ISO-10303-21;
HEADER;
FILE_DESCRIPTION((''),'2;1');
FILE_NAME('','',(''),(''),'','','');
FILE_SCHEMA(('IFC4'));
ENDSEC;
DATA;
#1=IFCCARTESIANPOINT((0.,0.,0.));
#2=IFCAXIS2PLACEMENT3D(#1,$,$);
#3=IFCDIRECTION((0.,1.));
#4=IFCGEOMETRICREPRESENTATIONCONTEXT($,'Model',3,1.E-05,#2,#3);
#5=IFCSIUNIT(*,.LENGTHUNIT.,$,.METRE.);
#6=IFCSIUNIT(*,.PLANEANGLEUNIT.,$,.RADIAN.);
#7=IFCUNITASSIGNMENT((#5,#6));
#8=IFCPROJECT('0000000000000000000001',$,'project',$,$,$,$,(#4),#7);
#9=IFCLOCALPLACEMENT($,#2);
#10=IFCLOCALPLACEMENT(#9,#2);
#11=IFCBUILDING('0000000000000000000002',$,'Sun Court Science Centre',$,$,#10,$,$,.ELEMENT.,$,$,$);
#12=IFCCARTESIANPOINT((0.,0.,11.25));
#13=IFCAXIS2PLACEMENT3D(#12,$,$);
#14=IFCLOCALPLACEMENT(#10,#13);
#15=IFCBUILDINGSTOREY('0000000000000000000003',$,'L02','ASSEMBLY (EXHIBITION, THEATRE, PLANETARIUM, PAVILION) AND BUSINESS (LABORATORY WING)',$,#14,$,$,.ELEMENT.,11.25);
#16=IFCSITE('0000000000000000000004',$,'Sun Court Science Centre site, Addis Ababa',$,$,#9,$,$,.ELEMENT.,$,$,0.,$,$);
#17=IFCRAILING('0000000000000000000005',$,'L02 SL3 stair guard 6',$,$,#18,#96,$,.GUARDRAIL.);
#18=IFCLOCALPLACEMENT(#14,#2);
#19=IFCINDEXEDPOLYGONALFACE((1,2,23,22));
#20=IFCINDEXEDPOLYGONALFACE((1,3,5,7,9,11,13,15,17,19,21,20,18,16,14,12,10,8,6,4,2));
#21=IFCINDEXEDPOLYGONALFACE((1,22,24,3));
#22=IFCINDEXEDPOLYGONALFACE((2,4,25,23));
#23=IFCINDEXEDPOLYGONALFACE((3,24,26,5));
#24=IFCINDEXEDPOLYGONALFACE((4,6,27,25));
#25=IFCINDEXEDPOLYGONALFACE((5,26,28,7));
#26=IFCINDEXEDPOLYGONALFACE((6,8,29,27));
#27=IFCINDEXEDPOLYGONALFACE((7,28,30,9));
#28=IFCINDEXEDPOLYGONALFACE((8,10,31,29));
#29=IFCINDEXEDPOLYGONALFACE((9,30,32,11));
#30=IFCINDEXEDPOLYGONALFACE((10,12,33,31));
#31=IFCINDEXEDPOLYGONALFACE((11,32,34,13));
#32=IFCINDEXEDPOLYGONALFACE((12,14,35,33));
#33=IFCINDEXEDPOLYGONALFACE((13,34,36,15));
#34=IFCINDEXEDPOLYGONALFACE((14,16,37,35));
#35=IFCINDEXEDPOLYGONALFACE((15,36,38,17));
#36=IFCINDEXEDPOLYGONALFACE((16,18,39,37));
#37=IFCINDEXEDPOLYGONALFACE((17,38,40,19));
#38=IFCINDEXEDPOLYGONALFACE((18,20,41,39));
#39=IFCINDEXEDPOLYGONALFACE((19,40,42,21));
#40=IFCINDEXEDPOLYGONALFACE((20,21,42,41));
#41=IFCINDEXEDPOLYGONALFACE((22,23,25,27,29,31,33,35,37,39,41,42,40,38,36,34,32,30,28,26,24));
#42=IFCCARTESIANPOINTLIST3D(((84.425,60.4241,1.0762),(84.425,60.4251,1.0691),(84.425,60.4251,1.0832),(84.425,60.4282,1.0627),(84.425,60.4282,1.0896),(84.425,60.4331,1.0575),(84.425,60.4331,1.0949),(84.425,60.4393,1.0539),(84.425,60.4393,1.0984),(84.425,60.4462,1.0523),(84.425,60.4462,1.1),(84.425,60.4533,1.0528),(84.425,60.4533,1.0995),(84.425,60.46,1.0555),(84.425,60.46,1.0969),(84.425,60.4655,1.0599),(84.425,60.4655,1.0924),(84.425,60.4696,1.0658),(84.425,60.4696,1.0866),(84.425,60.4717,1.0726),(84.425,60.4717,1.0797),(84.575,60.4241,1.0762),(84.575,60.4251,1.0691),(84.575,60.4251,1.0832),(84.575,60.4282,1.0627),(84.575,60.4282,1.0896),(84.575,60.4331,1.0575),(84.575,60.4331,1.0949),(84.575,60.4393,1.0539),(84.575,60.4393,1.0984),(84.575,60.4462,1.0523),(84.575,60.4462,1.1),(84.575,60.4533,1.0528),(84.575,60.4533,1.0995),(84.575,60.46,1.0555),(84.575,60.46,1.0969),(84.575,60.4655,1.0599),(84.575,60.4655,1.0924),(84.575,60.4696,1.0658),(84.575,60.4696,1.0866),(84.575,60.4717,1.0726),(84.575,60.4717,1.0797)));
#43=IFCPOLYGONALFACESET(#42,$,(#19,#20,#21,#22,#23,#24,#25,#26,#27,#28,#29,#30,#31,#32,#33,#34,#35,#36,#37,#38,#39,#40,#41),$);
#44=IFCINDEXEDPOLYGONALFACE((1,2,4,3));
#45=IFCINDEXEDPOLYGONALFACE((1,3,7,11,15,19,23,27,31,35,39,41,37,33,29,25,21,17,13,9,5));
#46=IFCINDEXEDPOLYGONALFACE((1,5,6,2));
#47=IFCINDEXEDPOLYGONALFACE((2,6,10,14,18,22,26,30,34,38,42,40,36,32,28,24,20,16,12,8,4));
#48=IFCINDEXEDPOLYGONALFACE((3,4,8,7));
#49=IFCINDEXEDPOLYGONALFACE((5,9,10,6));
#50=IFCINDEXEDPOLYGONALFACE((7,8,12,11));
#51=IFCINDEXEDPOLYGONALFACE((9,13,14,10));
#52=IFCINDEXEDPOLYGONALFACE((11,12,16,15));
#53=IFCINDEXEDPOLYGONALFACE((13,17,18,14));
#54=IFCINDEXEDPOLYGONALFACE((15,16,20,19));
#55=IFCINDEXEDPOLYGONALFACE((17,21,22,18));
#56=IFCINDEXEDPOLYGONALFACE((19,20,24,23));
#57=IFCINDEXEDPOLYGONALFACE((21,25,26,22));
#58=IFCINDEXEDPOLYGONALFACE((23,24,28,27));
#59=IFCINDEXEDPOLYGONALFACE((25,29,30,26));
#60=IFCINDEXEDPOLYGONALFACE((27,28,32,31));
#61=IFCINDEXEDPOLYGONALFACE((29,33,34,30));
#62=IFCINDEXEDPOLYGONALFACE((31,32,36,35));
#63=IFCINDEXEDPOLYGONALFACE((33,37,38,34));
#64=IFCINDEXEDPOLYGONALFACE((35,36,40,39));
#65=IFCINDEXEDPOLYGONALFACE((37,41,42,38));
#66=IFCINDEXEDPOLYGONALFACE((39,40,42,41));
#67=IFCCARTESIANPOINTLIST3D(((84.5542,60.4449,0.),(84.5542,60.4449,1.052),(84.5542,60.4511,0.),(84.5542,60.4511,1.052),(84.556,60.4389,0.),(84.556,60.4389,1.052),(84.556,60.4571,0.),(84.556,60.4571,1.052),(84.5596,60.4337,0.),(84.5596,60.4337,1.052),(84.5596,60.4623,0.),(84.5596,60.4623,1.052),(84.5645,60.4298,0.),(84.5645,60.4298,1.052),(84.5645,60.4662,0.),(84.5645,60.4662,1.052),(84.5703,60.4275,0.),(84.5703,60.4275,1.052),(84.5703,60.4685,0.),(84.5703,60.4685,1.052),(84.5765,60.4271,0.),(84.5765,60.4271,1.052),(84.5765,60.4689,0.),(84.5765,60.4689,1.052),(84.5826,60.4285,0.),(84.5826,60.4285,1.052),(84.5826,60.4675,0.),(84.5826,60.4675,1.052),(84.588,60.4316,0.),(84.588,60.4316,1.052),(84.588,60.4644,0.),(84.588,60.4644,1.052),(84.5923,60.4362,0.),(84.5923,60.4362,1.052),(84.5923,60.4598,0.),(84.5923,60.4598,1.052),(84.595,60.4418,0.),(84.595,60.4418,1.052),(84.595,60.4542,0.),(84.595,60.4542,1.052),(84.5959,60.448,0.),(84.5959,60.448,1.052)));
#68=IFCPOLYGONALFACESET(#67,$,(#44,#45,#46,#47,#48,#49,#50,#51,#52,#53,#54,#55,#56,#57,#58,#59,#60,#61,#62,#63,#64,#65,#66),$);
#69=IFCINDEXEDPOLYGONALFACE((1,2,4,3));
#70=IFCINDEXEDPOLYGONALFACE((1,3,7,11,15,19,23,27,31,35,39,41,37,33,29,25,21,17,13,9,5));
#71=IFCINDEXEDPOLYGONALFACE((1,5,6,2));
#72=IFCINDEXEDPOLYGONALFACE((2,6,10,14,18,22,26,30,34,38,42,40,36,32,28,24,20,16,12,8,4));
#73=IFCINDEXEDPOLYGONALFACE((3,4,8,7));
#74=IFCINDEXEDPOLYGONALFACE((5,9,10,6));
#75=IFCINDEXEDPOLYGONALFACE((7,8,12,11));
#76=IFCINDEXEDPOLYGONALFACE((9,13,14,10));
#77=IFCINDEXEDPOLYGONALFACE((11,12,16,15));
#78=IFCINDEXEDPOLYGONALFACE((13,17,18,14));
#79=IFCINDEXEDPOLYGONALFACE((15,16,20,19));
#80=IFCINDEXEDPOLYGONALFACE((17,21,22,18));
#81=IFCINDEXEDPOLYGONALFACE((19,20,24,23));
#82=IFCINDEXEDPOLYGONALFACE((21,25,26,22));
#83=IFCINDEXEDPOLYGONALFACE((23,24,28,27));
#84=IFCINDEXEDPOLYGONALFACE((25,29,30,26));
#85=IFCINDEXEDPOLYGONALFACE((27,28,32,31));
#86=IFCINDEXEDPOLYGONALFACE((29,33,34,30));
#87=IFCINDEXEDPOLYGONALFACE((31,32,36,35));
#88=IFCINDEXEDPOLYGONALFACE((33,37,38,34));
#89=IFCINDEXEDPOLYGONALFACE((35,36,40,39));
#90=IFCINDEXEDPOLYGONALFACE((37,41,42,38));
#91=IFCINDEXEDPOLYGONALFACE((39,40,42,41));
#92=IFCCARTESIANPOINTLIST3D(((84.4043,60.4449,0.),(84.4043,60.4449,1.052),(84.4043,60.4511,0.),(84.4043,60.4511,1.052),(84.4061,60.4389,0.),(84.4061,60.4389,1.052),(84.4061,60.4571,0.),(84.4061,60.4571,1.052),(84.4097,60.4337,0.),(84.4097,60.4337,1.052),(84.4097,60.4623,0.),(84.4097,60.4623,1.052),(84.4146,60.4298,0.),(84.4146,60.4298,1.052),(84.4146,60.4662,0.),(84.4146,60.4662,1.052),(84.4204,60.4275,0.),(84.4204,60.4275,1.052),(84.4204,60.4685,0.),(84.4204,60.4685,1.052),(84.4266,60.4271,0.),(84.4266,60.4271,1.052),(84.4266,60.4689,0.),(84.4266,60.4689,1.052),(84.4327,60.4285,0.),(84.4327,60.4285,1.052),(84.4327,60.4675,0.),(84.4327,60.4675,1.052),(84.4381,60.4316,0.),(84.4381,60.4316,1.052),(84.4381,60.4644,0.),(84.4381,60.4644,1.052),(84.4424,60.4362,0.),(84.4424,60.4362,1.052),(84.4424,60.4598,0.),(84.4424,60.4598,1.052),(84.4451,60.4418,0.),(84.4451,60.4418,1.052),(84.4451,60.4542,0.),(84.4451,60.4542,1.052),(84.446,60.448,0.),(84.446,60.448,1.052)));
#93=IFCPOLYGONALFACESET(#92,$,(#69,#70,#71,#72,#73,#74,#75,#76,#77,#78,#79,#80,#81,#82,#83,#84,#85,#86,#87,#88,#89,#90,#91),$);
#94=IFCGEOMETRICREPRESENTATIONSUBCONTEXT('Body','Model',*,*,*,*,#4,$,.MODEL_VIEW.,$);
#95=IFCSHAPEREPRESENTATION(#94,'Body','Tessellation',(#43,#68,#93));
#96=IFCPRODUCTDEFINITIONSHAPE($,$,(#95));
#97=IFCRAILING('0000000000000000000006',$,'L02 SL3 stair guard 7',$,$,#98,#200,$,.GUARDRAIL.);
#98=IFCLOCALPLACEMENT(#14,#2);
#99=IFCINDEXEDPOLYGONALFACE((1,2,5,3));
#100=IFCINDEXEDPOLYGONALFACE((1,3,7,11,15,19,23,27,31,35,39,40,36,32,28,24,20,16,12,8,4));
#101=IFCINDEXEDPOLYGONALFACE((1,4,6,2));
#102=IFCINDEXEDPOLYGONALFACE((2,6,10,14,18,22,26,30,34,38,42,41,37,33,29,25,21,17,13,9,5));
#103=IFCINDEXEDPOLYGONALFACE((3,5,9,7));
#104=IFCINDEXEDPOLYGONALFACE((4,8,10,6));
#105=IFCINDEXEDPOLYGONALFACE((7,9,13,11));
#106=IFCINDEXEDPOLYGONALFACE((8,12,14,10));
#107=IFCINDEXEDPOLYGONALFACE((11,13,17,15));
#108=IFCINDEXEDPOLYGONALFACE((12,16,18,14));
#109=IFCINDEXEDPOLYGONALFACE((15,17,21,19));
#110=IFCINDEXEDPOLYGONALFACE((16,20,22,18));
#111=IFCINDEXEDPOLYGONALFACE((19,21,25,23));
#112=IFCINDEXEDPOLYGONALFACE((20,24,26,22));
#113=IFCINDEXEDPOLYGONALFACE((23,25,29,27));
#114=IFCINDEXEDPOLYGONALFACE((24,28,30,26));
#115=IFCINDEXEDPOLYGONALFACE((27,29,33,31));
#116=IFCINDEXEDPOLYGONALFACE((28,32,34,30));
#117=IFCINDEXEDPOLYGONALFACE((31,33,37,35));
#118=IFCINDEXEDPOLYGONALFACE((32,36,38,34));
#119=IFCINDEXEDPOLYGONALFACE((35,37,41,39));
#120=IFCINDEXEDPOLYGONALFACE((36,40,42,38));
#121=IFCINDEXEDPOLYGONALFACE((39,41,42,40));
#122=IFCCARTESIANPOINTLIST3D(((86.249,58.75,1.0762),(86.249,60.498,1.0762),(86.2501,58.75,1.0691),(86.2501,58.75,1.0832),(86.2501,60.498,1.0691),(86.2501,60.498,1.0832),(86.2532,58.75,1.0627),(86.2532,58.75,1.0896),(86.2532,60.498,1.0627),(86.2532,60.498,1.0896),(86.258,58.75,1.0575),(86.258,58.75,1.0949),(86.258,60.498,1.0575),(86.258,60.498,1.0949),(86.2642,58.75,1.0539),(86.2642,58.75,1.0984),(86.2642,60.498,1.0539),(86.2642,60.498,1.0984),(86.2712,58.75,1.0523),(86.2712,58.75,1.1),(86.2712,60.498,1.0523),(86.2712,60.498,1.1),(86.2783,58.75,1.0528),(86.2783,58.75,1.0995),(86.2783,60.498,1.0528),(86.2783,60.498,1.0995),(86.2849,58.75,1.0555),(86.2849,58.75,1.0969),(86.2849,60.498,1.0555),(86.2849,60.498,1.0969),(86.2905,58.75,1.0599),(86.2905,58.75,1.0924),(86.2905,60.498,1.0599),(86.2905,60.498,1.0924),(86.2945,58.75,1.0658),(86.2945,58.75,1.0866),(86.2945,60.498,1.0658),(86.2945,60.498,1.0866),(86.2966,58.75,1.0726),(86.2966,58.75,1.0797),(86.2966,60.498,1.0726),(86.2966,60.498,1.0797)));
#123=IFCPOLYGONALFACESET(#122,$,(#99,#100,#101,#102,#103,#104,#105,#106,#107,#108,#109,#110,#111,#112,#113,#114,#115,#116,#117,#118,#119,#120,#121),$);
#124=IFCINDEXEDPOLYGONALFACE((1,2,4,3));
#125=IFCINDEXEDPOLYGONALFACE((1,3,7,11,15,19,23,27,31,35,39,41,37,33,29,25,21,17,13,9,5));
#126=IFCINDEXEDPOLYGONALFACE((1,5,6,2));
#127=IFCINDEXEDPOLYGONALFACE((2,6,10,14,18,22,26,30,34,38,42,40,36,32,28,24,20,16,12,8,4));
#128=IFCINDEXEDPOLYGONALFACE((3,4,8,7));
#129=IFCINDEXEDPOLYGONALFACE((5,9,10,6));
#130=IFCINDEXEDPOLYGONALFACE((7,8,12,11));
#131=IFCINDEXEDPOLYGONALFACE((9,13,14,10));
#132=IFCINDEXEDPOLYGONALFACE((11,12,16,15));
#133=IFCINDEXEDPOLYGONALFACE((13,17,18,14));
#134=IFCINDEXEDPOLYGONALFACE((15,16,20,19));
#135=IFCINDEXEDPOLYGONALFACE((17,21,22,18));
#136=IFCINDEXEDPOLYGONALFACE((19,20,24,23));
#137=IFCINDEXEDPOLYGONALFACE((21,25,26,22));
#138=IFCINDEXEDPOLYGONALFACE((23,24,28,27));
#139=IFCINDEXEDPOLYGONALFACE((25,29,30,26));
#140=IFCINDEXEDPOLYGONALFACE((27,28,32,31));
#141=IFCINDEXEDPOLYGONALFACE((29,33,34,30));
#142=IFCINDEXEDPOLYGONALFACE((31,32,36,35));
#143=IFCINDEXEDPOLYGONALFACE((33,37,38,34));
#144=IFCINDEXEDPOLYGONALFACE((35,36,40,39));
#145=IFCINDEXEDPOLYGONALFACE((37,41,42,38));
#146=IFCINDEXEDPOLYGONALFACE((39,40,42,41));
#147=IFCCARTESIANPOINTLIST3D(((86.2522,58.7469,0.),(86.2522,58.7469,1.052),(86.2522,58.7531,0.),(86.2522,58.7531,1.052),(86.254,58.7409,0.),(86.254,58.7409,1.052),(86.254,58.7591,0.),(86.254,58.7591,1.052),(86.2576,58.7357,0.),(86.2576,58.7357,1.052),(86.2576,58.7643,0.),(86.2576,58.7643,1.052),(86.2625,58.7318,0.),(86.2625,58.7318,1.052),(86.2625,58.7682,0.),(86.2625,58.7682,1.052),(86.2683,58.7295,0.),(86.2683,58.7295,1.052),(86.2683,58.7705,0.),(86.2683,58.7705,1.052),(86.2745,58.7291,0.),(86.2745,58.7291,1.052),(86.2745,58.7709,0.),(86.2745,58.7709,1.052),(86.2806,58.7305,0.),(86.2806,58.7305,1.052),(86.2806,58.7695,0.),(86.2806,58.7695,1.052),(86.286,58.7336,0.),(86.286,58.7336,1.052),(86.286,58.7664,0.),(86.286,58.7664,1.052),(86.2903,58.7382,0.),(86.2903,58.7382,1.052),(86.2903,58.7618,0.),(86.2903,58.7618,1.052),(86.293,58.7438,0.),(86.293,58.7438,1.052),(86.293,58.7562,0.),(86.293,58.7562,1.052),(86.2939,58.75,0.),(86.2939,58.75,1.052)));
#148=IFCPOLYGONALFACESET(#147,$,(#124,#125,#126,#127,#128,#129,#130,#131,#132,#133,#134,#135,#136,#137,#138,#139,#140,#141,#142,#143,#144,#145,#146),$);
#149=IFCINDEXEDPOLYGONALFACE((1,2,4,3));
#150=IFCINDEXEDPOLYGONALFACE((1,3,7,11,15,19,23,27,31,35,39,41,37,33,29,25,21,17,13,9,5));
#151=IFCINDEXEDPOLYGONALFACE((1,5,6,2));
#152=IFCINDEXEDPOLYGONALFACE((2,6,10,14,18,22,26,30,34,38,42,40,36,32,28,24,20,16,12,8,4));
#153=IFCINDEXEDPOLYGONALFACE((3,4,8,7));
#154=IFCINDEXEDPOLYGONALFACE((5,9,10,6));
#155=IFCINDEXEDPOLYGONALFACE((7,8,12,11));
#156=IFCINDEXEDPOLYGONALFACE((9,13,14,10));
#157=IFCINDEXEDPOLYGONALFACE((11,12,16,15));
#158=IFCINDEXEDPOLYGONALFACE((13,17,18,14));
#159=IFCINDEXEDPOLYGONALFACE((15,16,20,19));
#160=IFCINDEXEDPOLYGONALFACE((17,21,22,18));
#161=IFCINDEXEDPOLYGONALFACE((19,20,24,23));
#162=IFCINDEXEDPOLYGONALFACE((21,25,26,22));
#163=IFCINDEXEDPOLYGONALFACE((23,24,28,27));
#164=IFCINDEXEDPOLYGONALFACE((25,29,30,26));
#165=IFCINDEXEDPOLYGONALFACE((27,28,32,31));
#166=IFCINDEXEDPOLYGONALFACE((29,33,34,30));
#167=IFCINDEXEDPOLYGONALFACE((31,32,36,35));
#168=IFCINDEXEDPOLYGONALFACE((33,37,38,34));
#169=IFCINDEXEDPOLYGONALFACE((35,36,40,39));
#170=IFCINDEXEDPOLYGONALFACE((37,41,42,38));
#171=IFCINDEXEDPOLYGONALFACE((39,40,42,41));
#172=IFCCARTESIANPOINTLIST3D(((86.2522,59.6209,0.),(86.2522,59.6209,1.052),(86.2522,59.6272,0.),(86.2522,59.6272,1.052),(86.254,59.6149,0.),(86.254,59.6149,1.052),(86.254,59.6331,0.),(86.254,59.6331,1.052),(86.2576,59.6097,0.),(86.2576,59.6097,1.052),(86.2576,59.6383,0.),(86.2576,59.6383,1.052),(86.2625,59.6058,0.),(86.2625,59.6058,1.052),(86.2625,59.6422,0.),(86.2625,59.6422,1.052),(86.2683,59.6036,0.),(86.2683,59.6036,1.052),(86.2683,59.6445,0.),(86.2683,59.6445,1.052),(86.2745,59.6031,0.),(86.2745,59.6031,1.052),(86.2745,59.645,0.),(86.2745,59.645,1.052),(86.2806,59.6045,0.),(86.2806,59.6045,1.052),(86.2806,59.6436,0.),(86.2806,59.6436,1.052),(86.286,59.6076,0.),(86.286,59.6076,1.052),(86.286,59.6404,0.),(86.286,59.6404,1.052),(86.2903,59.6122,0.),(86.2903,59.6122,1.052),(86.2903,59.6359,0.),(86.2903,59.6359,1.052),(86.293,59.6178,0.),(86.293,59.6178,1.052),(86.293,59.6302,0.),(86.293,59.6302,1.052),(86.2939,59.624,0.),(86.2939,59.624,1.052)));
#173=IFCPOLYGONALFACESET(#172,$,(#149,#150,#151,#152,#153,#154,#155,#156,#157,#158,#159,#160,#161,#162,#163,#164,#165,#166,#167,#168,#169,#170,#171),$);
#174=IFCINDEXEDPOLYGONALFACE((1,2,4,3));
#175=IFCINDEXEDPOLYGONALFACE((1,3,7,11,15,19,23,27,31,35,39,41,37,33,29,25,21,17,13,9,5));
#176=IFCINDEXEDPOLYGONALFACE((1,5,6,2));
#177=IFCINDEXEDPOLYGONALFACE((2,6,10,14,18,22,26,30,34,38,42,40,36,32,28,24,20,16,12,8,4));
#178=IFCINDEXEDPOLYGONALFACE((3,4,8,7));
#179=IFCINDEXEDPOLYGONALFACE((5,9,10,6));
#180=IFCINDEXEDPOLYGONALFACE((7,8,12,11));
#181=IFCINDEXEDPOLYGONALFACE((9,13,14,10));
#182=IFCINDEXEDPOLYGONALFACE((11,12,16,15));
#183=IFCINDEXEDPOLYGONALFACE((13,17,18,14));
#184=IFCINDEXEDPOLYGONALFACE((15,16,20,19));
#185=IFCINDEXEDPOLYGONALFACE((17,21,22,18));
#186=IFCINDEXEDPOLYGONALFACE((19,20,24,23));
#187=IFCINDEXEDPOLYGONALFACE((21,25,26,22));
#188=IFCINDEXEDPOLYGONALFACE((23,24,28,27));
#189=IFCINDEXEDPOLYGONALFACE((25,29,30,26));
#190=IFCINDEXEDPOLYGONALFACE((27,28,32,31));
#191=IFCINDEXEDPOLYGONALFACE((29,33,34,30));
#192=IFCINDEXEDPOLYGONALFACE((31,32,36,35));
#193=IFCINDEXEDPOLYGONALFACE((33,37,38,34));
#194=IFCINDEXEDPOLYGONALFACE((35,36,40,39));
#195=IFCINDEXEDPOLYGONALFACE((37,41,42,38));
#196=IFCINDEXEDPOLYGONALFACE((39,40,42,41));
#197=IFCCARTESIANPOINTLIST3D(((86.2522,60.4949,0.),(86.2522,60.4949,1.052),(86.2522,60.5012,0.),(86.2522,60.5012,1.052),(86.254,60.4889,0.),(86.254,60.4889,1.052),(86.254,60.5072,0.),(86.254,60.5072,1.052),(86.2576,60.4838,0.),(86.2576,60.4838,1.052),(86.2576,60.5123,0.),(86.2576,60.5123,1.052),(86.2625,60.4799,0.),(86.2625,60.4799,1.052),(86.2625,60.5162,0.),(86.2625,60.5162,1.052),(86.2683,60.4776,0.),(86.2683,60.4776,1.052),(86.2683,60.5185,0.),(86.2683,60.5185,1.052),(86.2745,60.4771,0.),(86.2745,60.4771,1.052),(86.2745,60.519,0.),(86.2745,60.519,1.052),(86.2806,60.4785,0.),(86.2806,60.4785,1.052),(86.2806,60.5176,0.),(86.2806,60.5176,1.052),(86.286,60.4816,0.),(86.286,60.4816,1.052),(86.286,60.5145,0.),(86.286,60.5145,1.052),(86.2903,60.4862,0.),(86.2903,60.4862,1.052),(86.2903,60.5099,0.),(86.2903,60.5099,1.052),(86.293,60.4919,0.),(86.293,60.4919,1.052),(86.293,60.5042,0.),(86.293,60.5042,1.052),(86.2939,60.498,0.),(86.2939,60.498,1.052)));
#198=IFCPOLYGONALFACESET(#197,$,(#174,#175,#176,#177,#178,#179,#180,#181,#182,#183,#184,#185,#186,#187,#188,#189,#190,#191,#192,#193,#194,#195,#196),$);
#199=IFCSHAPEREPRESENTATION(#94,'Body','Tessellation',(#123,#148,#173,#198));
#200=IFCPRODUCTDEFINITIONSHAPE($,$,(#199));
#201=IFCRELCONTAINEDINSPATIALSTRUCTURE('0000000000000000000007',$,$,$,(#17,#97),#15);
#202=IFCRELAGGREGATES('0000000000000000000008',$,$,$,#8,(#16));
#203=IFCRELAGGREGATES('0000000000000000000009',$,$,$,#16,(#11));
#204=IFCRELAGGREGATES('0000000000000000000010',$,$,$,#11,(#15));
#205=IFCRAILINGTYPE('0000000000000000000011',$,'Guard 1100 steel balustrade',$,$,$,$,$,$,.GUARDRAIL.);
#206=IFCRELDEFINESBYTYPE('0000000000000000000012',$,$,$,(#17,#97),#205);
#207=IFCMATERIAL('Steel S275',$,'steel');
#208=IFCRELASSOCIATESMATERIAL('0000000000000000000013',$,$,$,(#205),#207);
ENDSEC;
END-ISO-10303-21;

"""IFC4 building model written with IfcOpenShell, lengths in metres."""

from ifc_helpers import new_model, si_unit, direction, frame, origin, origin_2d, place, context, subcontext, project, spatial, circle, extrude, material, type_object, element, save


model = new_model("IFC4")

# Units and contexts
model_context = context("Model", 3, precision=1e-05, world=origin(), true_north=direction((0.0, 1.0)))
body_context = subcontext(model_context, "Body", "Model", "MODEL_VIEW")
ifc_project = project(units=[si_unit("LENGTHUNIT", "METRE"), si_unit("PLANEANGLEUNIT", "RADIAN")], contexts=[model_context])

# Site, building, storey
site_placement = place(None, origin())
site = spatial("IfcSite", under=ifc_project, at=site_placement, Name="Sun Court Science Centre site, Addis Ababa", CompositionType="ELEMENT", RefElevation=0.0)
building_placement = place(site_placement, origin())
building = spatial("IfcBuilding", under=site, at=building_placement, Name="Sun Court Science Centre", CompositionType="ELEMENT")
storey_placement = place(building_placement, frame((0.0, 0.0, 11.25)))
storey = spatial("IfcBuildingStorey", under=building, at=storey_placement, Name="L02", Description="ASSEMBLY (EXHIBITION, THEATRE, PLANETARIUM, PAVILION) AND BUSINESS (LABORATORY WING)", CompositionType="ELEMENT", Elevation=11.25)

# Railings
ifc_material_1 = material(Name="Steel S275", Category="steel")
railing_type_1 = type_object("IfcRailingType", Name="Guard 1100 steel balustrade", PredefinedType="GUARDRAIL", material=ifc_material_1)
railing_1_placement = place(storey_placement, frame((84.575, 60.448, 0.0)))
element("IfcRailing", 1, at=railing_1_placement, inside=storey, type_object=railing_type_1, Name="L02 SL3 stair guard 6", PredefinedType="GUARDRAIL", context=body_context, shape_type="SweptSolid", body=[
    extrude(circle(Radius=0.0239, at=origin_2d()), frame((0.0, 0.0, 1.0762), z_axis=(-1.0, 0.0, 0.0), x_axis=(0.0, -1.0, 0.0)), (0.0, 0.0, 1.0), 0.1499),
    extrude(circle(Radius=0.021, at=origin_2d()), origin(), (0.0, 0.0, 1.0), 1.052),
    extrude(circle(Radius=0.021, at=origin_2d()), frame((-0.1499, 0.0, 0.0)), (0.0, 0.0, 1.0), 1.052),
])
for number, where, name in (
    (2, (86.2729, 58.75, 0.0), "L02 SL3 stair guard 7"),
):
    element("IfcRailing", number, at=place(storey_placement, frame(where)), inside=storey, type_object=railing_type_1, Name=name, PredefinedType="GUARDRAIL", context=body_context, shape_type="SweptSolid", body=[
        extrude(circle(Radius=0.0239, at=origin_2d()), frame((0.0, 0.0, 1.0762), z_axis=(0.0, 1.0, 0.0), x_axis=(-1.0, 0.0, 0.0)), (0.0, 0.0, 1.0), 1.748),
        extrude(circle(Radius=0.021, at=origin_2d()), origin(), (0.0, 0.0, 1.0), 1.052),
        extrude(circle(Radius=0.021, at=origin_2d()), frame((0.0, 0.874, 0.0)), (0.0, 0.0, 1.0), 1.052),
        extrude(circle(Radius=0.021, at=origin_2d()), frame((0.0, 1.748, 0.0)), (0.0, 0.0, 1.0), 1.052),
    ])

save(model, "model.ifc")
